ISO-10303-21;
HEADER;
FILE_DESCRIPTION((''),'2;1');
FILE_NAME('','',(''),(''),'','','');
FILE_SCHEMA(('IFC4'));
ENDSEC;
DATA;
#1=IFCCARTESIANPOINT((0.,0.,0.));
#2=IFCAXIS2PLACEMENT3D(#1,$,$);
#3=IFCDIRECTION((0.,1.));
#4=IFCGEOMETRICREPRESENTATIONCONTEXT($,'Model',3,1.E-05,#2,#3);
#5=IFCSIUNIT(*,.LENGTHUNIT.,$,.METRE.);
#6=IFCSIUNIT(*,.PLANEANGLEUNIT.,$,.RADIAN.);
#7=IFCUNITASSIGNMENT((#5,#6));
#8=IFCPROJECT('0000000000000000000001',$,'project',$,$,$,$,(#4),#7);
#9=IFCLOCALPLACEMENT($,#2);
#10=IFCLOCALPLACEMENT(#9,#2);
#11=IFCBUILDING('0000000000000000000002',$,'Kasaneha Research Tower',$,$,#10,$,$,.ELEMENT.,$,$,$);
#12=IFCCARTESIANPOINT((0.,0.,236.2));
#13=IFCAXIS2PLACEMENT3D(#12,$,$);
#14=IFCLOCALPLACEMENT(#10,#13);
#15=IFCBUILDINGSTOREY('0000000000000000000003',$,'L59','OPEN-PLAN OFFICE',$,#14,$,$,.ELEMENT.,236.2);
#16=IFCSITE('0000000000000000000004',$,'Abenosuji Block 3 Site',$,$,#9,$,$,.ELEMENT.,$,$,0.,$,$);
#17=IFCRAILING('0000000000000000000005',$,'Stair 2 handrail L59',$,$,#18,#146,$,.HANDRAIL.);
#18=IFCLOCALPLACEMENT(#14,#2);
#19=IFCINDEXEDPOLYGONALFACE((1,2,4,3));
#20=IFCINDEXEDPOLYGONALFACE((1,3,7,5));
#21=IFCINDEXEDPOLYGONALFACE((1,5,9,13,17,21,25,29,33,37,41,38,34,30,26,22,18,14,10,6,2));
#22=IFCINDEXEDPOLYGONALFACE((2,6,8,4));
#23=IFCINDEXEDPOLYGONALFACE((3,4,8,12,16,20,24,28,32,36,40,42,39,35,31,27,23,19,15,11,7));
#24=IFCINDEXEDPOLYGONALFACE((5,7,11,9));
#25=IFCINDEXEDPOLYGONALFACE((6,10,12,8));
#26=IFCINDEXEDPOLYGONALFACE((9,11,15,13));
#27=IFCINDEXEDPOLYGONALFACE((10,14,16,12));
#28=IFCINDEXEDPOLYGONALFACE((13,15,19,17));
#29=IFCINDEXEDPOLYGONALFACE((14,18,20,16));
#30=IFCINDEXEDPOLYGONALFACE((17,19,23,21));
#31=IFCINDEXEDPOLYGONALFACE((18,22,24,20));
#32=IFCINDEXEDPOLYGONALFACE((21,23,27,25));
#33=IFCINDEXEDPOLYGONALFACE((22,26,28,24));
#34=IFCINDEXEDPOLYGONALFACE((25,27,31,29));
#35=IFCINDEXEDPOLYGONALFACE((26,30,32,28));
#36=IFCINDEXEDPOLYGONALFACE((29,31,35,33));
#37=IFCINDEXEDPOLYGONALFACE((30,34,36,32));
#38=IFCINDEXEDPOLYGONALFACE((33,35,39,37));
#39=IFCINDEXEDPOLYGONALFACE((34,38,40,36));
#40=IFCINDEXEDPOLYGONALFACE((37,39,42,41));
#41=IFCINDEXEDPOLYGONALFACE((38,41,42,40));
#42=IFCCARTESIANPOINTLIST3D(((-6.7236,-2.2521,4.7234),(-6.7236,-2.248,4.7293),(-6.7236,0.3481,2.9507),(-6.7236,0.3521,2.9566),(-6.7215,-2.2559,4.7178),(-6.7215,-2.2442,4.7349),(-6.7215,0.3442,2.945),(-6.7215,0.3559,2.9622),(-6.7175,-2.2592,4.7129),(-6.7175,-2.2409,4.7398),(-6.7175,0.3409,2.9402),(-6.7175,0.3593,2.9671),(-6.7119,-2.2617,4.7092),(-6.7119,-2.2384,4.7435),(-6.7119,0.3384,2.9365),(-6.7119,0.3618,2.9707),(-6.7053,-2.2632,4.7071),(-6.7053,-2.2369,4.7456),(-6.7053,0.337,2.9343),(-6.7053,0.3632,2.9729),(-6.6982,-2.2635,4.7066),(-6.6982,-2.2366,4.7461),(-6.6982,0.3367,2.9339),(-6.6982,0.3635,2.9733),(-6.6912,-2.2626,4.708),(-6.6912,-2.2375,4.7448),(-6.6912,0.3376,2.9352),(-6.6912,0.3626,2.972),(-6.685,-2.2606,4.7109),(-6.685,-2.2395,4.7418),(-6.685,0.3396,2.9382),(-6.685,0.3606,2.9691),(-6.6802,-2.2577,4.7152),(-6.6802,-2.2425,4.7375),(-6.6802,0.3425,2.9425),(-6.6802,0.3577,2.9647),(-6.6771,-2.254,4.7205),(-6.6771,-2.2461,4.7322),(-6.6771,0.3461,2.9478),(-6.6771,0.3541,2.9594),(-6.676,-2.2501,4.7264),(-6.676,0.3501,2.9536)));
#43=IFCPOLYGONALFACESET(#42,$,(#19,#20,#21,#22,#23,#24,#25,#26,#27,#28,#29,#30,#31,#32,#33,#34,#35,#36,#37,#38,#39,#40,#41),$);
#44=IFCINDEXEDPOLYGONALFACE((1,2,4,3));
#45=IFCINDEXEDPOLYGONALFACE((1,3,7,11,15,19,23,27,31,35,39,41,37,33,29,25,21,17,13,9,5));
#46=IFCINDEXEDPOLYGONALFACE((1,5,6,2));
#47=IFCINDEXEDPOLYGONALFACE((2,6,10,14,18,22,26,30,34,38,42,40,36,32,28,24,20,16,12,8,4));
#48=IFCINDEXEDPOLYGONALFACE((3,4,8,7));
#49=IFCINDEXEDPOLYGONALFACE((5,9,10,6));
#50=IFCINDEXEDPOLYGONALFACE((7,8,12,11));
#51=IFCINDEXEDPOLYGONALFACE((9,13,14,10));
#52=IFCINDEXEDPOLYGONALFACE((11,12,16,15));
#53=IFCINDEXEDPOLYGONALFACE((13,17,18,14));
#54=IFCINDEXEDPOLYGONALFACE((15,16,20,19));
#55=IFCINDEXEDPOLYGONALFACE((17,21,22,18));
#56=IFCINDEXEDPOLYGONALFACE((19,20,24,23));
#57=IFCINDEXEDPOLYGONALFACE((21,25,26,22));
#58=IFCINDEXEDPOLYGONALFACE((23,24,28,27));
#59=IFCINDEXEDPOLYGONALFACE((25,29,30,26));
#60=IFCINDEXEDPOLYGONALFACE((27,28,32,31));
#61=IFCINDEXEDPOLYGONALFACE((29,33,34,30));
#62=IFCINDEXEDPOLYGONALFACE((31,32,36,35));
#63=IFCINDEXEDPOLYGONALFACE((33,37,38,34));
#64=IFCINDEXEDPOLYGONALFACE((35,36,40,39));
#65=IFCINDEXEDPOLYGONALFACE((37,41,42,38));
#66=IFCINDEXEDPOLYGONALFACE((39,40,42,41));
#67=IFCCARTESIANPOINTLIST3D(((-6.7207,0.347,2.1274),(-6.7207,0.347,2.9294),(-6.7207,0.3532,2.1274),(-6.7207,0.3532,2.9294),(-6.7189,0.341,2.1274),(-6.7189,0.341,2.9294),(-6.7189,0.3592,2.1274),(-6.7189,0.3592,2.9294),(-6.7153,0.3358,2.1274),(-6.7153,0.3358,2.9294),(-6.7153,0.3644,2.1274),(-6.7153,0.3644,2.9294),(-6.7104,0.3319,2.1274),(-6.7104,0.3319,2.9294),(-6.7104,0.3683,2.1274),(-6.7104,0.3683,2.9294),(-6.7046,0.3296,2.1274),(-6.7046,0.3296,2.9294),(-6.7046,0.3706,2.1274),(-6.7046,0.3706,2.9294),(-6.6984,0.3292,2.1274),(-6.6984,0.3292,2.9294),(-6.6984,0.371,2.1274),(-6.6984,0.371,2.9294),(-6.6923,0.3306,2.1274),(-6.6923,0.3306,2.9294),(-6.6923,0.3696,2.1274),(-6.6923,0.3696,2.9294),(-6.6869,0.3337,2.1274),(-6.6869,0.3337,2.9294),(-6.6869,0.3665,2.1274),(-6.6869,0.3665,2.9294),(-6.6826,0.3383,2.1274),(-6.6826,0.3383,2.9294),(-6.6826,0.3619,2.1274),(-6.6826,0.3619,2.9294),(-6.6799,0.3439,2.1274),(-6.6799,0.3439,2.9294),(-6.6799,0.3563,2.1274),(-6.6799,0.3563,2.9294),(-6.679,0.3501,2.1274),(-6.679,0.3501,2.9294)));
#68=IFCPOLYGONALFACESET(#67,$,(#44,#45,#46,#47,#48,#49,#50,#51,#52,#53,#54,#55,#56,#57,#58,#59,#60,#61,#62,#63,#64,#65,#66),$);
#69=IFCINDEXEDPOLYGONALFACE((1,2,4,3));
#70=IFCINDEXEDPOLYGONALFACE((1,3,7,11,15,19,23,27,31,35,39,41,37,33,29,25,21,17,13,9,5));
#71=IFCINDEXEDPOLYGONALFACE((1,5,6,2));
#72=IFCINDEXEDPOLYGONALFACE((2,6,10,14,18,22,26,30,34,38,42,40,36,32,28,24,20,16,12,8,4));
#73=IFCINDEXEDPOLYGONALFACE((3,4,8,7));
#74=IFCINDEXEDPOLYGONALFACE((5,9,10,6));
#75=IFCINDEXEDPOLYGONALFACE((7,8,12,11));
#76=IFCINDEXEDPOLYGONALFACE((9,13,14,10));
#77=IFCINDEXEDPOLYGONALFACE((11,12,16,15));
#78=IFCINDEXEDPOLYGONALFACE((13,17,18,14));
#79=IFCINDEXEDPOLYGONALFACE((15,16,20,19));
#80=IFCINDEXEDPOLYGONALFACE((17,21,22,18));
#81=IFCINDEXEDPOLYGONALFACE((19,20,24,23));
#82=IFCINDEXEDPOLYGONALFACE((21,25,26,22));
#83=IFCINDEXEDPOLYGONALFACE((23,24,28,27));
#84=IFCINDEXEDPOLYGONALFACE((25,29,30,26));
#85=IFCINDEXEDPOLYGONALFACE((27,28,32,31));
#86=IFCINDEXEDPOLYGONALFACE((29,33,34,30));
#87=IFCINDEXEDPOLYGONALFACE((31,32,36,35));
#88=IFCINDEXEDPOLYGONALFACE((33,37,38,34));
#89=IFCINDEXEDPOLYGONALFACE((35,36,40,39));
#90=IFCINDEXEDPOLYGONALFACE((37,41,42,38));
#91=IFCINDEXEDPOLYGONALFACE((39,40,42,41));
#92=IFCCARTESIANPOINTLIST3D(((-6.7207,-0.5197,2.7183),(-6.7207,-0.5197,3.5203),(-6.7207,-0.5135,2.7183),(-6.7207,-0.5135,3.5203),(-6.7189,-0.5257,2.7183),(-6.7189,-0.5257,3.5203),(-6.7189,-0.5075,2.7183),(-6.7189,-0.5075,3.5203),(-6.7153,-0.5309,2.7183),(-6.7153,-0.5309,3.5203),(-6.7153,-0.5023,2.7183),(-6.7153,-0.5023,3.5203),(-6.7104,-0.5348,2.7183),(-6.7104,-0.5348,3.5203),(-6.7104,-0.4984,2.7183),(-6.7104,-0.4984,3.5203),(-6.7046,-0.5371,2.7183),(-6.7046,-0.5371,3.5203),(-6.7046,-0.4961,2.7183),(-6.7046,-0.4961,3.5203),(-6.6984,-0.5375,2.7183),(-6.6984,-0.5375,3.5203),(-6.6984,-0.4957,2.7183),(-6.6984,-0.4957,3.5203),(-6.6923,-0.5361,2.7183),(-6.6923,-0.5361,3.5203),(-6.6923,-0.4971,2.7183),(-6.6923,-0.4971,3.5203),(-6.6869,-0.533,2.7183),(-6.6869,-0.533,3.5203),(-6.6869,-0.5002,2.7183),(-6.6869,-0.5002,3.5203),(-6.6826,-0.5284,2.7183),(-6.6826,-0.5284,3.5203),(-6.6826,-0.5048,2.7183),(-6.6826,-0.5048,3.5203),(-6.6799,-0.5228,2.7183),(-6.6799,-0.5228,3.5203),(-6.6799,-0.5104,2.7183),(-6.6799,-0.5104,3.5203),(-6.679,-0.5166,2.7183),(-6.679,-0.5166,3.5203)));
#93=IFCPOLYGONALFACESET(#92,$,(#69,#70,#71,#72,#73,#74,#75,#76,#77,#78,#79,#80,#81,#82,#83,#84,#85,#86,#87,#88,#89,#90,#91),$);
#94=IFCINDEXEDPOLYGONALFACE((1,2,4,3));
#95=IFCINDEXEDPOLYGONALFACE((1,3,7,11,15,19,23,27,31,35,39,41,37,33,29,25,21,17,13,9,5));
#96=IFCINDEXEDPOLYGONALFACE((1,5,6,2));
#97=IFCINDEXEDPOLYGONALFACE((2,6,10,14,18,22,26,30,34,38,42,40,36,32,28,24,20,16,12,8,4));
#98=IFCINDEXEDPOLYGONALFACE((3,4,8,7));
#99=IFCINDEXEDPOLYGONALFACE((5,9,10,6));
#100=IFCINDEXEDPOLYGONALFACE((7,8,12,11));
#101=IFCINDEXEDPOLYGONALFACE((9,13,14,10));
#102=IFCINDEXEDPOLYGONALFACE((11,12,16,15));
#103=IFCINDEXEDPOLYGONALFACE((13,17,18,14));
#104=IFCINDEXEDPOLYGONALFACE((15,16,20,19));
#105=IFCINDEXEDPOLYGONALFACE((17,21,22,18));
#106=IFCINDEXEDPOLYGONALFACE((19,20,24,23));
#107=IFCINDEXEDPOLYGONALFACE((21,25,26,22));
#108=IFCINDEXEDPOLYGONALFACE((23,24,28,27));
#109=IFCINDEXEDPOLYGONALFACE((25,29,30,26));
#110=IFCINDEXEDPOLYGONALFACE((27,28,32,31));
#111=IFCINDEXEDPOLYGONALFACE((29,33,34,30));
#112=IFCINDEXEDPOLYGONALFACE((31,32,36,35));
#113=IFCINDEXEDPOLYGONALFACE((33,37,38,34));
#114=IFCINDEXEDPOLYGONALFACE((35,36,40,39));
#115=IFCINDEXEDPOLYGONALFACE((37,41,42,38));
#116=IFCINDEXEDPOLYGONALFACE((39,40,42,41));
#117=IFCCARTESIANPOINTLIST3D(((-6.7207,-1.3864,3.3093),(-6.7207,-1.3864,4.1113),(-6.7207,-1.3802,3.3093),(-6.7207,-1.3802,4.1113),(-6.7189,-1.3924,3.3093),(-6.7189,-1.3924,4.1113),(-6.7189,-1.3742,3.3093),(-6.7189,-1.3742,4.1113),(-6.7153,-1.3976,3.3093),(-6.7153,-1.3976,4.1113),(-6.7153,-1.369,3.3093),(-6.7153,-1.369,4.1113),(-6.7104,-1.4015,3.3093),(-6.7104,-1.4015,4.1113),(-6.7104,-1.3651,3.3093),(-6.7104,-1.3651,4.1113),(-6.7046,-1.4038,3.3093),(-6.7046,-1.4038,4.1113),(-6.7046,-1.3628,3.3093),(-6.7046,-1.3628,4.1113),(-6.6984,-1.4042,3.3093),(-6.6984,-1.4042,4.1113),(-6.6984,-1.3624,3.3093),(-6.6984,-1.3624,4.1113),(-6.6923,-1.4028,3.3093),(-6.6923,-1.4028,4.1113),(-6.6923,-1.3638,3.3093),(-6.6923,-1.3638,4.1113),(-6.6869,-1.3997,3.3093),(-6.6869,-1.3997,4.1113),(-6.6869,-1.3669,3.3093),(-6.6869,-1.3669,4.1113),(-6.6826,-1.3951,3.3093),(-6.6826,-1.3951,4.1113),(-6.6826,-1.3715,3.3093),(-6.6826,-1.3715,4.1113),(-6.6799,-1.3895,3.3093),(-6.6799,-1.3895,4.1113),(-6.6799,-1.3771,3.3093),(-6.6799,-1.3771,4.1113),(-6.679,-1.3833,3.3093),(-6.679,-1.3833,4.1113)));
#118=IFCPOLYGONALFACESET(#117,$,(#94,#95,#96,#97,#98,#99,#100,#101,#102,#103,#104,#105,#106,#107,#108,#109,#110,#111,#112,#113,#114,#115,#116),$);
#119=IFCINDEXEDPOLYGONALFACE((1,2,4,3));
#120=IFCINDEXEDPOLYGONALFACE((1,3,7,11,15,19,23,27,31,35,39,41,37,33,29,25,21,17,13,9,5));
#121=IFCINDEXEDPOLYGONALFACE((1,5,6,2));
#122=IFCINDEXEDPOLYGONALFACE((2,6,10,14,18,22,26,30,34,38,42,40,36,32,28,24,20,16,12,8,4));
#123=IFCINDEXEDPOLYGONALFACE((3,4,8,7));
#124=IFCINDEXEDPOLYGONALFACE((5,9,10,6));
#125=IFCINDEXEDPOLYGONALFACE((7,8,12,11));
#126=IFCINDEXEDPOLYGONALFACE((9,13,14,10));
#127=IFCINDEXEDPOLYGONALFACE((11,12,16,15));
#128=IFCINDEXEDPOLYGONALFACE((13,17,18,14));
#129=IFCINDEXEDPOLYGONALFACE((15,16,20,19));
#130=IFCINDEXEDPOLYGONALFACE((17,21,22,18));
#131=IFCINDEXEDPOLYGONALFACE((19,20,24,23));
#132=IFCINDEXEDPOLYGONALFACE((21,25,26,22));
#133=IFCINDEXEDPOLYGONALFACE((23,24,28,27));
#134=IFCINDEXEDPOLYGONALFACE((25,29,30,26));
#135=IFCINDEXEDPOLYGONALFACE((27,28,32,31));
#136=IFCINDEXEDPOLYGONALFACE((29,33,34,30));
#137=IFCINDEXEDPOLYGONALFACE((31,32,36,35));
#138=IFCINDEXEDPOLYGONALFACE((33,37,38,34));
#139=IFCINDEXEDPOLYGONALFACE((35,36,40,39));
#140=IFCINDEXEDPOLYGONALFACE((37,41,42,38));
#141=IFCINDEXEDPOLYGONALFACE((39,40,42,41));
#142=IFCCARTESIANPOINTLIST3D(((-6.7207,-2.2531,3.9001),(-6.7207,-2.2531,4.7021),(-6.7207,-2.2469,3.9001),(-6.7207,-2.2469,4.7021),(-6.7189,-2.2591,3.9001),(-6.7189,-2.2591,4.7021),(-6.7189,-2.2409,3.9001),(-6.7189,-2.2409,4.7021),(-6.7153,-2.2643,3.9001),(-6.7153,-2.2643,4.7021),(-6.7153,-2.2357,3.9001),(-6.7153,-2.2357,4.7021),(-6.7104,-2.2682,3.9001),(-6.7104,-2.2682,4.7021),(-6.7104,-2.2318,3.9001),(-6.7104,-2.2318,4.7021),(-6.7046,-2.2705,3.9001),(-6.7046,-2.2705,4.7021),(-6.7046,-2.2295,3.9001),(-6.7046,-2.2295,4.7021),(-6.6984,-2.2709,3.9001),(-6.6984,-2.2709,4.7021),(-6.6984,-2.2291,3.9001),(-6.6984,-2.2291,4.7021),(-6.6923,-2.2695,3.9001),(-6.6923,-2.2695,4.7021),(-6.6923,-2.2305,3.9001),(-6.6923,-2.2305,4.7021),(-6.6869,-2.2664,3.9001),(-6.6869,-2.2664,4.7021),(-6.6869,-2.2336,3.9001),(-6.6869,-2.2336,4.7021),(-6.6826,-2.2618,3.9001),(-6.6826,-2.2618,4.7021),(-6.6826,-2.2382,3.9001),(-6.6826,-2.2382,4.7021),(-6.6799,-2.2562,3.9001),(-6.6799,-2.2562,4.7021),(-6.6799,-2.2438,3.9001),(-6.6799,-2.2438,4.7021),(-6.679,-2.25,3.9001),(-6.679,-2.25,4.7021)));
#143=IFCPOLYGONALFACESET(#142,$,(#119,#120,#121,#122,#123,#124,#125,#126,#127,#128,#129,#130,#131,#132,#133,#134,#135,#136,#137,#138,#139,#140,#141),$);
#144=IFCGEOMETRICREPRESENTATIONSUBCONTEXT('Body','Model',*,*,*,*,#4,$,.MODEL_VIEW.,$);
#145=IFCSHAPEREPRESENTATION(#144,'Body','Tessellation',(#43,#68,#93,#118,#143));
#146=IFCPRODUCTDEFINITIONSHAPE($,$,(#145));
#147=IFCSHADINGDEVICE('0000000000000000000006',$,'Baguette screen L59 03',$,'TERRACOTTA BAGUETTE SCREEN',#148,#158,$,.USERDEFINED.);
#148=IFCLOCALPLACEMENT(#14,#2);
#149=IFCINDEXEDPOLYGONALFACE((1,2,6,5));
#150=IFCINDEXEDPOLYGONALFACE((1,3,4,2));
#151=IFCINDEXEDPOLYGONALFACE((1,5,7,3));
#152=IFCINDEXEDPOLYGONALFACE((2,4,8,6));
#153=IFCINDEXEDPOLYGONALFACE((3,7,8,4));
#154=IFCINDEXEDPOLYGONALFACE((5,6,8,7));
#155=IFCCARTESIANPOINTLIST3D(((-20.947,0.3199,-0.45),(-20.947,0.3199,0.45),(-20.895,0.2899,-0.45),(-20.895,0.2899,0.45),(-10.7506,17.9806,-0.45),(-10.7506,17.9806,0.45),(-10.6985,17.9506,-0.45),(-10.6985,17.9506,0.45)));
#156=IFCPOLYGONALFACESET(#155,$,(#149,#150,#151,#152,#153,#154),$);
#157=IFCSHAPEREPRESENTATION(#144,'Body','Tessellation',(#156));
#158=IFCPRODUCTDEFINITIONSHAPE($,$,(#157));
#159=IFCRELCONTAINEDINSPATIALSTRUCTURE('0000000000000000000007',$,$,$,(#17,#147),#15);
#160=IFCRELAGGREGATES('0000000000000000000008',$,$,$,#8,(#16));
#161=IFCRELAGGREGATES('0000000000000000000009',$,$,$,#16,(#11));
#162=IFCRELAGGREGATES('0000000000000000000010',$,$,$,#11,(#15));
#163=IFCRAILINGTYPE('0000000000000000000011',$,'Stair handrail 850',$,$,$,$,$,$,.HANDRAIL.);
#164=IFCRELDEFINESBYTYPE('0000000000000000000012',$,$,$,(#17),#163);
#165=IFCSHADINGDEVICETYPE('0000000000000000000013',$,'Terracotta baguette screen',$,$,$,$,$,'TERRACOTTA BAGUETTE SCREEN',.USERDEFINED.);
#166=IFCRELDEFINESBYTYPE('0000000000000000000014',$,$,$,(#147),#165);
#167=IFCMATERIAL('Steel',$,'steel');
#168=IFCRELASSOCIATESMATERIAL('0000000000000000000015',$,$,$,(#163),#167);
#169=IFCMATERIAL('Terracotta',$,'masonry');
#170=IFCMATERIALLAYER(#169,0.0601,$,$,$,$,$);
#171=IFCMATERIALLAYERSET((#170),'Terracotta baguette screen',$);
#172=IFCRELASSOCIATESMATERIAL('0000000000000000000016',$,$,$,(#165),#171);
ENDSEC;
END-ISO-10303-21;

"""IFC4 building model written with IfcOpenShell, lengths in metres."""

from ifc_helpers import new_model, si_unit, direction, frame, origin, origin_2d, place, context, subcontext, project, spatial, rectangle, circle, extrude, material, layer, layer_set, type_object, element, save


model = new_model("IFC4")

# Units and contexts
model_context = context("Model", 3, precision=1e-05, world=origin(), true_north=direction((0.0, 1.0)))
body_context = subcontext(model_context, "Body", "Model", "MODEL_VIEW")
ifc_project = project(units=[si_unit("LENGTHUNIT", "METRE"), si_unit("PLANEANGLEUNIT", "RADIAN")], contexts=[model_context])

# Site, building, storey
site_placement = place(None, origin())
site = spatial("IfcSite", under=ifc_project, at=site_placement, Name="Abenosuji Block 3 Site", CompositionType="ELEMENT", RefElevation=0.0)
building_placement = place(site_placement, origin())
building = spatial("IfcBuilding", under=site, at=building_placement, Name="Kasaneha Research Tower", CompositionType="ELEMENT")
storey_placement = place(building_placement, frame((0.0, 0.0, 236.2)))
storey = spatial("IfcBuildingStorey", under=building, at=storey_placement, Name="L59", Description="OPEN-PLAN OFFICE", CompositionType="ELEMENT", Elevation=236.2)

# Railing
ifc_material_1 = material(Name="Steel", Category="steel")
railing_type_1 = type_object("IfcRailingType", Name="Stair handrail 850", PredefinedType="HANDRAIL", material=ifc_material_1)
railing_1_placement = place(storey_placement, frame((-6.7, 0.3501, 2.1274)))
element("IfcRailing", 1, at=railing_1_placement, inside=storey, type_object=railing_type_1, Name="Stair 2 handrail L59", PredefinedType="HANDRAIL", context=body_context, shape_type="SweptSolid", body=[
    extrude(circle(Radius=0.0239, at=origin_2d()), frame((0.0, 0.0, 0.8262), z_axis=(0.0, -0.82624, 0.563318), x_axis=(1.0, 0.0, 0.0)), (0.0, 0.0, 1.0), 3.147),
    extrude(circle(Radius=0.021, at=origin_2d()), origin(), (0.0, 0.0, 1.0), 0.802),
    extrude(circle(Radius=0.021, at=origin_2d()), frame((0.0, -0.8667, 0.5908)), (0.0, 0.0, 1.0), 0.802),
    extrude(circle(Radius=0.021, at=origin_2d()), frame((0.0, -1.7334, 1.1819)), (0.0, 0.0, 1.0), 0.802),
    extrude(circle(Radius=0.021, at=origin_2d()), frame((0.0, -2.6001, 1.7727)), (0.0, 0.0, 1.0), 0.802),
])

# Shading device
ifc_material_2 = material(Name="Terracotta", Category="masonry")
ifc_layer_1 = layer(ifc_material_2, 0.0601)
ifc_layer_set_1 = layer_set([ifc_layer_1], Name="Terracotta baguette screen")
shading_device_type = type_object("IfcShadingDeviceType", Name="Terracotta baguette screen", ElementType="TERRACOTTA BAGUETTE SCREEN", PredefinedType="USERDEFINED", material=ifc_layer_set_1)
shading_device_placement = place(storey_placement, frame((-15.8228, 9.1353, -0.45), z_axis=(0.0, 0.0, 1.0), x_axis=(-0.5, -0.866025, 0.0)))
element("IfcShadingDevice", 2, at=shading_device_placement, inside=storey, type_object=shading_device_type, Name="Baguette screen L59 03", ObjectType="TERRACOTTA BAGUETTE SCREEN", PredefinedType="USERDEFINED", context=body_context, shape_type="SweptSolid", body=[
    extrude(rectangle(XDim=20.3928, YDim=0.0601, at=origin_2d()), origin(), (0.0, 0.0, 1.0), 0.8999),
])

save(model, "model.ifc")
